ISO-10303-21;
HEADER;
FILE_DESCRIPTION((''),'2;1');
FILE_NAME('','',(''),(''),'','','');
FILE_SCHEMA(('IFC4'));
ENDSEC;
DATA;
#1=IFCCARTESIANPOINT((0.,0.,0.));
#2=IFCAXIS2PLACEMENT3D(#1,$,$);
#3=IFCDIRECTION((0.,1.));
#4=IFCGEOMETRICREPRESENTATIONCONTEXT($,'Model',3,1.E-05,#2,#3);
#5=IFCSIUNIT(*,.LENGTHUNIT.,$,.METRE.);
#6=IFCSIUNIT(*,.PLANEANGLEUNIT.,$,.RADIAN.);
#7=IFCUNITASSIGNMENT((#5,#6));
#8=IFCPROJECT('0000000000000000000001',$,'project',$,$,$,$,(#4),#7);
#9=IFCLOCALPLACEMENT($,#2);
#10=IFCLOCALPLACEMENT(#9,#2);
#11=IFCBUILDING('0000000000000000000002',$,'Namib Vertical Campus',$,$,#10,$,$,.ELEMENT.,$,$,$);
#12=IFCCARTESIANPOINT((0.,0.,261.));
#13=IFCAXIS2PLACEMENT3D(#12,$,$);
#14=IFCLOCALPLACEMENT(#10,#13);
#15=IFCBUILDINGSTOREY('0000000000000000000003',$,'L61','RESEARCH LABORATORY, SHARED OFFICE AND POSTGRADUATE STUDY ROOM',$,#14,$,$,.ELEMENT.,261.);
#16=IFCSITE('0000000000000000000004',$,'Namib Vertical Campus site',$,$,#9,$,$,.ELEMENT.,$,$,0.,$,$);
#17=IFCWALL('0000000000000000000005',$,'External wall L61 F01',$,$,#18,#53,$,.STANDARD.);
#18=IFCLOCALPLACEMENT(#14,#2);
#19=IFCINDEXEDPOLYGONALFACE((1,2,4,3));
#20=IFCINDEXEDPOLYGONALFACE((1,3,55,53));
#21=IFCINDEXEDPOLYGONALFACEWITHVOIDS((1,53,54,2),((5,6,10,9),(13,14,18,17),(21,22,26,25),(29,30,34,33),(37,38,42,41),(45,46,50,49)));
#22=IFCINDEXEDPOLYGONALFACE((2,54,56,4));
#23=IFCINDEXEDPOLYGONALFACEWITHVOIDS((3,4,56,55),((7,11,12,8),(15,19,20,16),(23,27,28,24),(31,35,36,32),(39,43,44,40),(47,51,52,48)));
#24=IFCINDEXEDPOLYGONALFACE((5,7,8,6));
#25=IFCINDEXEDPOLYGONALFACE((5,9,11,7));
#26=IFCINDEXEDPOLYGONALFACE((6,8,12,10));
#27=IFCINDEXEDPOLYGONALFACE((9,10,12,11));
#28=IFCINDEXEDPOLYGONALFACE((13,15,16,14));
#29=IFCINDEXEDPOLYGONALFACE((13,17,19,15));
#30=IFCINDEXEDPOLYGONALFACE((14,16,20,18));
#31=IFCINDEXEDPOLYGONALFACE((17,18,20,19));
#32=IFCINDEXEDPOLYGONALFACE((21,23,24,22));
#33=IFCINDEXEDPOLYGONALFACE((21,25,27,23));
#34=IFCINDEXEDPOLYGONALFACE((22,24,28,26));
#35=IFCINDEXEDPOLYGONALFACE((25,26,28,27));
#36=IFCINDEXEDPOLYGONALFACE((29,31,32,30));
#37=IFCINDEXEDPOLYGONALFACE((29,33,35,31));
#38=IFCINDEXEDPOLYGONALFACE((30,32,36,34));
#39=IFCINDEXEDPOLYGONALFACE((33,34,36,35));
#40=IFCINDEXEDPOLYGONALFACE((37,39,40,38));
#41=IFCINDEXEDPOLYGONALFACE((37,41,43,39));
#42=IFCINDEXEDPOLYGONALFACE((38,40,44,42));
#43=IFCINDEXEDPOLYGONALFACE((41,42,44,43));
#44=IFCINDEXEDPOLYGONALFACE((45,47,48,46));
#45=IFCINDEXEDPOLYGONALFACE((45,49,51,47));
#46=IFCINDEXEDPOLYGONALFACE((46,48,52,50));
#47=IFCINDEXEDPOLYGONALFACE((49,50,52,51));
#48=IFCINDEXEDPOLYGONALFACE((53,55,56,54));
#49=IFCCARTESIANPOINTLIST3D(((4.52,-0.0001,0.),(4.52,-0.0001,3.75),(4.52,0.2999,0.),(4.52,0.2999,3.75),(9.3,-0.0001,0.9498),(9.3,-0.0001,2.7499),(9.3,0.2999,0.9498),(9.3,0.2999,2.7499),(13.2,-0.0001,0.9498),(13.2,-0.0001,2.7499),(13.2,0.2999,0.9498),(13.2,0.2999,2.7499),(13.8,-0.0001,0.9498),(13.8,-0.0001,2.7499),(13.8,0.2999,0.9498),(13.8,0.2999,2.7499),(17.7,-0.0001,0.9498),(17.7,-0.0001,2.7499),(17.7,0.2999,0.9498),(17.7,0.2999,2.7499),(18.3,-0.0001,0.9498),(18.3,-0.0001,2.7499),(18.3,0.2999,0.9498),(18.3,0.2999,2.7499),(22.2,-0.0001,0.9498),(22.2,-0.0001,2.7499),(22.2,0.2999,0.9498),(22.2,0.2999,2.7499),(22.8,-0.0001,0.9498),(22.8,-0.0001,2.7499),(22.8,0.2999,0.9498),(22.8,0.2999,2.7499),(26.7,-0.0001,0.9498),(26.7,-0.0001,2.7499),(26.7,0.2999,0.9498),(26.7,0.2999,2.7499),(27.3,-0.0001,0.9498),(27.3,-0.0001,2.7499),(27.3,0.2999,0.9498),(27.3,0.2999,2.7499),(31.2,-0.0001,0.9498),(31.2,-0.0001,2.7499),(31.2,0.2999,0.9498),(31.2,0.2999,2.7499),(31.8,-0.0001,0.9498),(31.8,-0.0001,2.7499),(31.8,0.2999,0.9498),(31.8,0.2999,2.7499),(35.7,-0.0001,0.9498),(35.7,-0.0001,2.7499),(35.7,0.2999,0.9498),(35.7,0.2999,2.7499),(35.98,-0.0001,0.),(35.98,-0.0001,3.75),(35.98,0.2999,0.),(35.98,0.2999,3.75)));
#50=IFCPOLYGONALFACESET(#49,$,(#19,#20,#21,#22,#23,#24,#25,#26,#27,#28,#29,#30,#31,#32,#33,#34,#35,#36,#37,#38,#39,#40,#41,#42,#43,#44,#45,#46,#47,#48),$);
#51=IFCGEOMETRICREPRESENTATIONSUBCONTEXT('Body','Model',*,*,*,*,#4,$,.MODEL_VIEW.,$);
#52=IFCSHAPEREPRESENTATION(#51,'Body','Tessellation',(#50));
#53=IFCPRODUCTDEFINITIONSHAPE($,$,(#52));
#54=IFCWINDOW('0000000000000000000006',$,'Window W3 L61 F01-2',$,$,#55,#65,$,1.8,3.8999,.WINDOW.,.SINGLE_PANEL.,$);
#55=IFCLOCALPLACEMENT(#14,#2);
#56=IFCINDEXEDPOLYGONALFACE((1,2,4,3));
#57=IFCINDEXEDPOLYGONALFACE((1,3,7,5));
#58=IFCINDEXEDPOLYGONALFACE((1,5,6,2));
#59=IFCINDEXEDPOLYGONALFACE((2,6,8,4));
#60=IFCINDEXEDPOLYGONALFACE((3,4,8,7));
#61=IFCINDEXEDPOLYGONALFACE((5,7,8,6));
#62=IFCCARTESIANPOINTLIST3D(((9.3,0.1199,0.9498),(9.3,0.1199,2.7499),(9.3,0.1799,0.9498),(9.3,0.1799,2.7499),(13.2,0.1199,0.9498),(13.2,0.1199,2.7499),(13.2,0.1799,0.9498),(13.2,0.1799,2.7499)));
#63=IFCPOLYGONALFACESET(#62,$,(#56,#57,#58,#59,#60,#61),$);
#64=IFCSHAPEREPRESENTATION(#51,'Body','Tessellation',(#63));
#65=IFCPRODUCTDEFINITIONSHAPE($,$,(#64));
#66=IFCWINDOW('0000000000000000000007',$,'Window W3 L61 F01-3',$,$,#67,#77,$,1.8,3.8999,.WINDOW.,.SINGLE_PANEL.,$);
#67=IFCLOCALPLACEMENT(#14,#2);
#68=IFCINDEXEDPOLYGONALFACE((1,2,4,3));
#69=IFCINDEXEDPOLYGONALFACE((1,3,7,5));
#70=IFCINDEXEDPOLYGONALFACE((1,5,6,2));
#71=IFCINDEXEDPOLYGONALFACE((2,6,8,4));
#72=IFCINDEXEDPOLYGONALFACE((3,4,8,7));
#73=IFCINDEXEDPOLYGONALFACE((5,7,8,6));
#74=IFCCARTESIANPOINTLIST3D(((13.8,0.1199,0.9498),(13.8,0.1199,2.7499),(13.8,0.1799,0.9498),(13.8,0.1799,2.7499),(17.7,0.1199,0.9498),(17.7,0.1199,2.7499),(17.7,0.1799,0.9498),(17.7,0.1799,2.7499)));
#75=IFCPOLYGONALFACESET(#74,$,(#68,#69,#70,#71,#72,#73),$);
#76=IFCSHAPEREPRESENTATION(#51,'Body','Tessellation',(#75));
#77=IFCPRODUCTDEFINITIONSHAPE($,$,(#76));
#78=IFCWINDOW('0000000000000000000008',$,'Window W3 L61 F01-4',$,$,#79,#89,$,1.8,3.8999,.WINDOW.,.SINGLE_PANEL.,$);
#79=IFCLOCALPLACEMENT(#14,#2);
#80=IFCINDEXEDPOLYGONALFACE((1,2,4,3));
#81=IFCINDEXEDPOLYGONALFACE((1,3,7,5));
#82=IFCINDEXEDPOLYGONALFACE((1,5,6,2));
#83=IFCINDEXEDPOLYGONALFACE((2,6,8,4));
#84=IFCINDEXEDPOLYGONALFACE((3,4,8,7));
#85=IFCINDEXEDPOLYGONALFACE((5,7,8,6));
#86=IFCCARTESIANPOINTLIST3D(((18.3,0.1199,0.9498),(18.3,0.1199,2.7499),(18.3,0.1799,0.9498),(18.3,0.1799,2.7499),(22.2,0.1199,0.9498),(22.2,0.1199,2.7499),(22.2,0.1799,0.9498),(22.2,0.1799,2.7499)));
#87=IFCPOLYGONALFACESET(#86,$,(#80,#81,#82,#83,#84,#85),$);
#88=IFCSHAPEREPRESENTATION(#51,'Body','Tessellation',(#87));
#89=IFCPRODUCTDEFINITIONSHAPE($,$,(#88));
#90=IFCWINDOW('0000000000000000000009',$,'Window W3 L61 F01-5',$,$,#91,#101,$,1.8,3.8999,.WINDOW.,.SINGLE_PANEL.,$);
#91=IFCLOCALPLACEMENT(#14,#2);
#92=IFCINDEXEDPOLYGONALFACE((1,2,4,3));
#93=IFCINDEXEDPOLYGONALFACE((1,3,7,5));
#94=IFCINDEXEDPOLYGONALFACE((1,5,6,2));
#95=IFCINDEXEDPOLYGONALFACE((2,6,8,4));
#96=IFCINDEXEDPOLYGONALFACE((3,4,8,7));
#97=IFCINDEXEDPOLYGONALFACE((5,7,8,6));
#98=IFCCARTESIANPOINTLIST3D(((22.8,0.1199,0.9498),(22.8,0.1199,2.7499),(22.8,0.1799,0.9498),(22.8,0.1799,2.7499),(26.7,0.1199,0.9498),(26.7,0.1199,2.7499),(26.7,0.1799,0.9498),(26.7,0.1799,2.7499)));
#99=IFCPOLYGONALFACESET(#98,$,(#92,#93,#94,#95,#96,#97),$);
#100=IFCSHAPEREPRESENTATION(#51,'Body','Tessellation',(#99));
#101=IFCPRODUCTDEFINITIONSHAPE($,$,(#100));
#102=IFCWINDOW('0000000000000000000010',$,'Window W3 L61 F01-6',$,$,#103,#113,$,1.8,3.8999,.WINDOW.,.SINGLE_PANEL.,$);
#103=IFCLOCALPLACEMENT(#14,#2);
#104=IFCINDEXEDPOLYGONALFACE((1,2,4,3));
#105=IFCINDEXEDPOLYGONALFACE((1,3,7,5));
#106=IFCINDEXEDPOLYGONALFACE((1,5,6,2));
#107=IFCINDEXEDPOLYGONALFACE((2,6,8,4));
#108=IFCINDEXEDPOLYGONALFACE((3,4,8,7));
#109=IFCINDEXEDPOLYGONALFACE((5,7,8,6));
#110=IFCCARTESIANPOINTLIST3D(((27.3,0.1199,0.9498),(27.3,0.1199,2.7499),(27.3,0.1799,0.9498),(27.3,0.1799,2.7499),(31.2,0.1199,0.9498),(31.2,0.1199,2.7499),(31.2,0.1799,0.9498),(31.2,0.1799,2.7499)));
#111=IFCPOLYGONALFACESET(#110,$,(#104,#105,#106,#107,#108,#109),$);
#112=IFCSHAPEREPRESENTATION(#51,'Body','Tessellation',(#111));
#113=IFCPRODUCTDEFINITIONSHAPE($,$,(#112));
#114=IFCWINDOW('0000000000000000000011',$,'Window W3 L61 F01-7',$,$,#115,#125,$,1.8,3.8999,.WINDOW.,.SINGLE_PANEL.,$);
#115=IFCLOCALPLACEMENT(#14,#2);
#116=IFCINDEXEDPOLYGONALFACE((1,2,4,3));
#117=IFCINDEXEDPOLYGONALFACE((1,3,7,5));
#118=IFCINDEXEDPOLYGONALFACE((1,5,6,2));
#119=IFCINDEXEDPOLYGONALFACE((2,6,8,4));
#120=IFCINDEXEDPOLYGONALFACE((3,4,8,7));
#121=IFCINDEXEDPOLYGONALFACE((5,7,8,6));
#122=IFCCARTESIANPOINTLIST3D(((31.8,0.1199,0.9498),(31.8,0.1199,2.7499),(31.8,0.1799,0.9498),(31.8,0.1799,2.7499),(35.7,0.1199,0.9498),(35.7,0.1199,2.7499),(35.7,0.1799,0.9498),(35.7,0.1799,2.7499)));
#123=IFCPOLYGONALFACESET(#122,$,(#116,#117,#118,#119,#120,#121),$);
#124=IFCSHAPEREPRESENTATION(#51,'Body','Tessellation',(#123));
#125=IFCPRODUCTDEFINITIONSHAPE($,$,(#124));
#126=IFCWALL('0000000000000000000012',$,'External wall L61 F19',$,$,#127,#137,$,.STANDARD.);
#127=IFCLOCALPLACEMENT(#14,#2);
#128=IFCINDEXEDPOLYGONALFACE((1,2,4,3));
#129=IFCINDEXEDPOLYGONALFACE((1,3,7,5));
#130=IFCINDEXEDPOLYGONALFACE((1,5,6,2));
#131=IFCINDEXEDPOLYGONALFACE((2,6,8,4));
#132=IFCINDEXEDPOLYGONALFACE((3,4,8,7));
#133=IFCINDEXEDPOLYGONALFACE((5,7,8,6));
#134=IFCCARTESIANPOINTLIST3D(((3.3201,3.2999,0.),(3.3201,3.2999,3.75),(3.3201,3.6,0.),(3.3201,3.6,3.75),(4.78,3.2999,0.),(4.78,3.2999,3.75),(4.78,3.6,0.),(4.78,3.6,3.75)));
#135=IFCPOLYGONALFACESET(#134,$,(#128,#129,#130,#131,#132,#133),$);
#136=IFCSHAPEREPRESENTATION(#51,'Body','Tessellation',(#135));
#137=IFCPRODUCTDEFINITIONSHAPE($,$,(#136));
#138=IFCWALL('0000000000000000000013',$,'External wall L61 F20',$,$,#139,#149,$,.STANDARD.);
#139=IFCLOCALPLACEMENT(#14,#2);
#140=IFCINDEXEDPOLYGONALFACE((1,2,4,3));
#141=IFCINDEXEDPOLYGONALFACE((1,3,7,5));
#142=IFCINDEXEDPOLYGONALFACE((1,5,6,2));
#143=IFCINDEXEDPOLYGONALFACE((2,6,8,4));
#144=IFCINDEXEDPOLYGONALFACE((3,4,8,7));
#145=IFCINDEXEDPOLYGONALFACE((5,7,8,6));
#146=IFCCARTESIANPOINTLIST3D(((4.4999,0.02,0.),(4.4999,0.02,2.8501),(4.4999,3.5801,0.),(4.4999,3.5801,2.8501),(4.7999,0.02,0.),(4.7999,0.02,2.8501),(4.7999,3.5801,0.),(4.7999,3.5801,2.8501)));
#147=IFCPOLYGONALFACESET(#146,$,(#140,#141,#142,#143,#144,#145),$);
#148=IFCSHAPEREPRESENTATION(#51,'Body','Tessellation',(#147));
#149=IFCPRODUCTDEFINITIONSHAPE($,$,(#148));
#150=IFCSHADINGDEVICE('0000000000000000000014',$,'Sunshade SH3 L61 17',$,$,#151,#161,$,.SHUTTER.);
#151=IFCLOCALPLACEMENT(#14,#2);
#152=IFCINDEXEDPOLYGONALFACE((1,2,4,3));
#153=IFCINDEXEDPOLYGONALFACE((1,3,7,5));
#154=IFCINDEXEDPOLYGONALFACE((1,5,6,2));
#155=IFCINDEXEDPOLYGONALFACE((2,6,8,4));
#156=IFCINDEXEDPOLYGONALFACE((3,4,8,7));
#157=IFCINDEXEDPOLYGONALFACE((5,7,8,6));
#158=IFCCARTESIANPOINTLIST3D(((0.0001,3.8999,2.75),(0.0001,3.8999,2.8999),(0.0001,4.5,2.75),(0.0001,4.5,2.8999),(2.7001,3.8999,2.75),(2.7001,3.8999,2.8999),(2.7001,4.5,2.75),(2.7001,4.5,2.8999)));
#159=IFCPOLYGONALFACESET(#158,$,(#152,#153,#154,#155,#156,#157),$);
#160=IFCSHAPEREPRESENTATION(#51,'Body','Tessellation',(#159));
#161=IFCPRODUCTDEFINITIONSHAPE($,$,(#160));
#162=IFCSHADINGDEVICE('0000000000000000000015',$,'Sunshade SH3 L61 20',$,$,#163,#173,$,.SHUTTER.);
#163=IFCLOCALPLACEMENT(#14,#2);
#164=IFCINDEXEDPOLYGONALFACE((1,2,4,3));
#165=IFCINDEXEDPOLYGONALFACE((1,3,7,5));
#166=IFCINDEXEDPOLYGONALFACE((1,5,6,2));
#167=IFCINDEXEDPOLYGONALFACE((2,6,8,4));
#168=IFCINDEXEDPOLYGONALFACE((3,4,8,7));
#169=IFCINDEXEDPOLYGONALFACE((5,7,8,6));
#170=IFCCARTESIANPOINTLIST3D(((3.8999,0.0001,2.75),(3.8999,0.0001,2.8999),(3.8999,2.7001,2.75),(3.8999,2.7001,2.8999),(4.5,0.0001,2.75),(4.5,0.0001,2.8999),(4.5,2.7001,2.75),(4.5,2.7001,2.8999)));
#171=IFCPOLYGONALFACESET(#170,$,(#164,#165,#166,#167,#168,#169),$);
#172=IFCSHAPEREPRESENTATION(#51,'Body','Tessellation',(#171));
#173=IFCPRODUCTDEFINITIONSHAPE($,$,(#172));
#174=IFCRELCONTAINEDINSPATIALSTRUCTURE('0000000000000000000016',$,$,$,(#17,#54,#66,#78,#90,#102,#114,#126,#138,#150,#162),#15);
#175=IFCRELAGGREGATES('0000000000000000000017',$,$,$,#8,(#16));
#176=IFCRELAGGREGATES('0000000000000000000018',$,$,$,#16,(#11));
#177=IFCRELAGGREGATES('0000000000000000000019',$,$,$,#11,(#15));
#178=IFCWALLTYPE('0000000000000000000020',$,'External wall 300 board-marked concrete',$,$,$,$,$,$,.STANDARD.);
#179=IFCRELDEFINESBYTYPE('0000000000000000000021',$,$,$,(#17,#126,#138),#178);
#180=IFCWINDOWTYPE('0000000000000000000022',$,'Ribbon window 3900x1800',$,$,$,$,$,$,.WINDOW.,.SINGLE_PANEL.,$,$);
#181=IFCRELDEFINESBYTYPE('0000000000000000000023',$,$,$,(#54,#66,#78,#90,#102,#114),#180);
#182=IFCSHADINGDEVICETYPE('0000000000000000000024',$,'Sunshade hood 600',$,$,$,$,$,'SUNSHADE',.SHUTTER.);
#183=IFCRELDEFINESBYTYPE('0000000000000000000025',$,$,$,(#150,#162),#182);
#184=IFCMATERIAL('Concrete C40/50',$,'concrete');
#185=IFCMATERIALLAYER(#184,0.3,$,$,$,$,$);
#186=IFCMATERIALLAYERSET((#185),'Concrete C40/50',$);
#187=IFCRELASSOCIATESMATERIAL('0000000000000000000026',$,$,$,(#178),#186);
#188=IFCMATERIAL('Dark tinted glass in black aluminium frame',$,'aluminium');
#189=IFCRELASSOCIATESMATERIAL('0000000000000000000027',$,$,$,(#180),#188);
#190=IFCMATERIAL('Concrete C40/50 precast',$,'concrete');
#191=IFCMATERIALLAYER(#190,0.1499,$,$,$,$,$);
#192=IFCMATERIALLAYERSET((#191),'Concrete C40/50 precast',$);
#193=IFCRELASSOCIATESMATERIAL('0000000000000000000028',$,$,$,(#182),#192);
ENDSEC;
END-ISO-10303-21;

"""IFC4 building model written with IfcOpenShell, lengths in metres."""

from ifc_helpers import new_model, si_unit, direction, frame, frame_2d, origin, origin_2d, place, context, subcontext, project, spatial, rectangle, extrude, material, layer, layer_set, type_object, element, fill, save


model = new_model("IFC4")

# Units and contexts
model_context = context("Model", 3, precision=1e-05, world=origin(), true_north=direction((0.0, 1.0)))
body_context = subcontext(model_context, "Body", "Model", "MODEL_VIEW")
ifc_project = project(units=[si_unit("LENGTHUNIT", "METRE"), si_unit("PLANEANGLEUNIT", "RADIAN")], contexts=[model_context])

# Site, building, storey
site_placement = place(None, origin())
site = spatial("IfcSite", under=ifc_project, at=site_placement, Name="Namib Vertical Campus site", CompositionType="ELEMENT", RefElevation=0.0)
building_placement = place(site_placement, origin())
building = spatial("IfcBuilding", under=site, at=building_placement, Name="Namib Vertical Campus", CompositionType="ELEMENT")
storey_placement = place(building_placement, frame((0.0, 0.0, 261.0)))
storey = spatial("IfcBuildingStorey", under=building, at=storey_placement, Name="L61", Description="RESEARCH LABORATORY, SHARED OFFICE AND POSTGRADUATE STUDY ROOM", CompositionType="ELEMENT", Elevation=261.0)

# Wall, openings, windows
ifc_material_1 = material(Name="Concrete C40/50", Category="concrete")
ifc_layer_1 = layer(ifc_material_1, 0.3)
ifc_layer_set_1 = layer_set([ifc_layer_1], Name="Concrete C40/50")
wall_type = type_object("IfcWallType", Name="External wall 300 board-marked concrete", PredefinedType="STANDARD", material=ifc_layer_set_1)
wall_1_placement = place(storey_placement, frame((4.52, 0.1499, 0.0), z_axis=(0.0, 0.0, 1.0), x_axis=(1.0, 0.0, 0.0)))
wall_1 = element("IfcWall", 1, at=wall_1_placement, inside=storey, type_object=wall_type, Name="External wall L61 F01", PredefinedType="STANDARD", context=body_context, shape_type="SweptSolid", body=[
    extrude(rectangle(XDim=31.46, YDim=0.3, at=frame_2d((15.73, 0.0))), origin(), (0.0, 0.0, 1.0), 3.75),
])
opening_1_placement = place(wall_1_placement, frame((4.78, 0.0, 0.95)))
opening_1 = element("IfcOpeningElement", 2, at=opening_1_placement, cuts=wall_1, PredefinedType="OPENING", context=body_context, shape_type="SweptSolid", body=[
    extrude(rectangle(XDim=3.8999, YDim=1.8, at=frame_2d((1.95, 0.8999))), frame((0.0, 0.1599, 0.0), z_axis=(0.0, -1.0, 0.0), x_axis=(1.0, 0.0, 0.0)), (0.0, 0.0, 1.0), 0.3201),
])
opening_2_placement = place(wall_1_placement, frame((9.28, 0.0, 0.95)))
opening_2 = element("IfcOpeningElement", 3, at=opening_2_placement, cuts=wall_1, PredefinedType="OPENING", context=body_context, shape_type="SweptSolid", body=[
    extrude(rectangle(XDim=3.8999, YDim=1.8, at=frame_2d((1.95, 0.8999))), frame((0.0, 0.1599, 0.0), z_axis=(0.0, -1.0, 0.0), x_axis=(1.0, 0.0, 0.0)), (0.0, 0.0, 1.0), 0.3201),
])
opening_3_placement = place(wall_1_placement, frame((13.78, 0.0, 0.95)))
opening_3 = element("IfcOpeningElement", 4, at=opening_3_placement, cuts=wall_1, PredefinedType="OPENING", context=body_context, shape_type="SweptSolid", body=[
    extrude(rectangle(XDim=3.8999, YDim=1.8, at=frame_2d((1.95, 0.8999))), frame((0.0, 0.1599, 0.0), z_axis=(0.0, -1.0, 0.0), x_axis=(1.0, 0.0, 0.0)), (0.0, 0.0, 1.0), 0.3201),
])
opening_4_placement = place(wall_1_placement, frame((18.28, 0.0, 0.95)))
opening_4 = element("IfcOpeningElement", 5, at=opening_4_placement, cuts=wall_1, PredefinedType="OPENING", context=body_context, shape_type="SweptSolid", body=[
    extrude(rectangle(XDim=3.8999, YDim=1.8, at=frame_2d((1.95, 0.8999))), frame((0.0, 0.1599, 0.0), z_axis=(0.0, -1.0, 0.0), x_axis=(1.0, 0.0, 0.0)), (0.0, 0.0, 1.0), 0.3201),
])
opening_5_placement = place(wall_1_placement, frame((22.78, 0.0, 0.95)))
opening_5 = element("IfcOpeningElement", 6, at=opening_5_placement, cuts=wall_1, PredefinedType="OPENING", context=body_context, shape_type="SweptSolid", body=[
    extrude(rectangle(XDim=3.8999, YDim=1.8, at=frame_2d((1.95, 0.8999))), frame((0.0, 0.1599, 0.0), z_axis=(0.0, -1.0, 0.0), x_axis=(1.0, 0.0, 0.0)), (0.0, 0.0, 1.0), 0.3201),
])
opening_6_placement = place(wall_1_placement, frame((27.28, 0.0, 0.95)))
opening_6 = element("IfcOpeningElement", 7, at=opening_6_placement, cuts=wall_1, PredefinedType="OPENING", context=body_context, shape_type="SweptSolid", body=[
    extrude(rectangle(XDim=3.8999, YDim=1.8, at=frame_2d((1.95, 0.8999))), frame((0.0, 0.1599, 0.0), z_axis=(0.0, -1.0, 0.0), x_axis=(1.0, 0.0, 0.0)), (0.0, 0.0, 1.0), 0.3201),
])
ifc_material_2 = material(Name="Dark tinted glass in black aluminium frame", Category="aluminium")
window_type = type_object("IfcWindowType", Name="Ribbon window 3900x1800", PartitioningType="SINGLE_PANEL", PredefinedType="WINDOW", material=ifc_material_2)
window_1_placement = place(opening_1_placement, origin())
window_1 = element("IfcWindow", 8, at=window_1_placement, inside=storey, type_object=window_type, Name="Window W3 L61 F01-2", OverallHeight=1.8, OverallWidth=3.8999, PartitioningType="SINGLE_PANEL", PredefinedType="WINDOW", context=body_context, shape_type="SweptSolid", body=[
    extrude(rectangle(XDim=3.8999, YDim=1.8, at=frame_2d((1.95, 0.8999))), frame((0.0, 0.03, 0.0), z_axis=(0.0, -1.0, 0.0), x_axis=(1.0, 0.0, 0.0)), (0.0, 0.0, 1.0), 0.0601),
])
fill(opening_1, window_1)
window_2_placement = place(opening_2_placement, origin())
window_2 = element("IfcWindow", 9, at=window_2_placement, inside=storey, type_object=window_type, Name="Window W3 L61 F01-3", OverallHeight=1.8, OverallWidth=3.8999, PartitioningType="SINGLE_PANEL", PredefinedType="WINDOW", context=body_context, shape_type="SweptSolid", body=[
    extrude(rectangle(XDim=3.8999, YDim=1.8, at=frame_2d((1.95, 0.8999))), frame((0.0, 0.03, 0.0), z_axis=(0.0, -1.0, 0.0), x_axis=(1.0, 0.0, 0.0)), (0.0, 0.0, 1.0), 0.0601),
])
fill(opening_2, window_2)
window_3_placement = place(opening_3_placement, origin())
window_3 = element("IfcWindow", 10, at=window_3_placement, inside=storey, type_object=window_type, Name="Window W3 L61 F01-4", OverallHeight=1.8, OverallWidth=3.8999, PartitioningType="SINGLE_PANEL", PredefinedType="WINDOW", context=body_context, shape_type="SweptSolid", body=[
    extrude(rectangle(XDim=3.8999, YDim=1.8, at=frame_2d((1.95, 0.8999))), frame((0.0, 0.03, 0.0), z_axis=(0.0, -1.0, 0.0), x_axis=(1.0, 0.0, 0.0)), (0.0, 0.0, 1.0), 0.0601),
])
fill(opening_3, window_3)
window_4_placement = place(opening_4_placement, origin())
window_4 = element("IfcWindow", 11, at=window_4_placement, inside=storey, type_object=window_type, Name="Window W3 L61 F01-5", OverallHeight=1.8, OverallWidth=3.8999, PartitioningType="SINGLE_PANEL", PredefinedType="WINDOW", context=body_context, shape_type="SweptSolid", body=[
    extrude(rectangle(XDim=3.8999, YDim=1.8, at=frame_2d((1.95, 0.8999))), frame((0.0, 0.03, 0.0), z_axis=(0.0, -1.0, 0.0), x_axis=(1.0, 0.0, 0.0)), (0.0, 0.0, 1.0), 0.0601),
])
fill(opening_4, window_4)
window_5_placement = place(opening_5_placement, origin())
window_5 = element("IfcWindow", 12, at=window_5_placement, inside=storey, type_object=window_type, Name="Window W3 L61 F01-6", OverallHeight=1.8, OverallWidth=3.8999, PartitioningType="SINGLE_PANEL", PredefinedType="WINDOW", context=body_context, shape_type="SweptSolid", body=[
    extrude(rectangle(XDim=3.8999, YDim=1.8, at=frame_2d((1.95, 0.8999))), frame((0.0, 0.03, 0.0), z_axis=(0.0, -1.0, 0.0), x_axis=(1.0, 0.0, 0.0)), (0.0, 0.0, 1.0), 0.0601),
])
fill(opening_5, window_5)
window_6_placement = place(opening_6_placement, origin())
window_6 = element("IfcWindow", 13, at=window_6_placement, inside=storey, type_object=window_type, Name="Window W3 L61 F01-7", OverallHeight=1.8, OverallWidth=3.8999, PartitioningType="SINGLE_PANEL", PredefinedType="WINDOW", context=body_context, shape_type="SweptSolid", body=[
    extrude(rectangle(XDim=3.8999, YDim=1.8, at=frame_2d((1.95, 0.8999))), frame((0.0, 0.03, 0.0), z_axis=(0.0, -1.0, 0.0), x_axis=(1.0, 0.0, 0.0)), (0.0, 0.0, 1.0), 0.0601),
])
fill(opening_6, window_6)

# Walls
wall_2_placement = place(storey_placement, frame((3.3201, 3.45, 0.0), z_axis=(0.0, 0.0, 1.0), x_axis=(1.0, 0.0, 0.0)))
element("IfcWall", 14, at=wall_2_placement, inside=storey, type_object=wall_type, Name="External wall L61 F19", PredefinedType="STANDARD", context=body_context, shape_type="SweptSolid", body=[
    extrude(rectangle(XDim=1.46, YDim=0.3, at=frame_2d((0.73, 0.0))), origin(), (0.0, 0.0, 1.0), 3.75),
])
wall_3_placement = place(storey_placement, frame((4.6499, 3.5801, 0.0), z_axis=(0.0, 0.0, 1.0), x_axis=(0.0, -1.0, 0.0)))
element("IfcWall", 15, at=wall_3_placement, inside=storey, type_object=wall_type, Name="External wall L61 F20", PredefinedType="STANDARD", context=body_context, shape_type="SweptSolid", body=[
    extrude(rectangle(XDim=3.5601, YDim=0.3, at=frame_2d((1.78, 0.0))), origin(), (0.0, 0.0, 1.0), 2.8501),
])

# Shading devices
ifc_material_3 = material(Name="Concrete C40/50 precast", Category="concrete")
ifc_layer_2 = layer(ifc_material_3, 0.1499)
ifc_layer_set_2 = layer_set([ifc_layer_2], Name="Concrete C40/50 precast")
shading_device_type = type_object("IfcShadingDeviceType", Name="Sunshade hood 600", ElementType="SUNSHADE", PredefinedType="SHUTTER", material=ifc_layer_set_2)
for number, where, z_axis, x_axis, name in (
    (16, (1.3501, 4.2, 2.75), (0.0, 0.0, 1.0), (1.0, 0.0, 0.0), "Sunshade SH3 L61 17"),
    (17, (4.2, 1.3501, 2.75), (0.0, 0.0, 1.0), (0.0, -1.0, 0.0), "Sunshade SH3 L61 20"),
):
    element("IfcShadingDevice", number, at=place(storey_placement, frame(where, z_axis=z_axis, x_axis=x_axis)), inside=storey, type_object=shading_device_type, Name=name, PredefinedType="SHUTTER", context=body_context, shape_type="SweptSolid", body=[
        extrude(rectangle(XDim=2.7, YDim=0.6001, at=origin_2d()), origin(), (0.0, 0.0, 1.0), 0.1499),
    ])

save(model, "model.ifc")
